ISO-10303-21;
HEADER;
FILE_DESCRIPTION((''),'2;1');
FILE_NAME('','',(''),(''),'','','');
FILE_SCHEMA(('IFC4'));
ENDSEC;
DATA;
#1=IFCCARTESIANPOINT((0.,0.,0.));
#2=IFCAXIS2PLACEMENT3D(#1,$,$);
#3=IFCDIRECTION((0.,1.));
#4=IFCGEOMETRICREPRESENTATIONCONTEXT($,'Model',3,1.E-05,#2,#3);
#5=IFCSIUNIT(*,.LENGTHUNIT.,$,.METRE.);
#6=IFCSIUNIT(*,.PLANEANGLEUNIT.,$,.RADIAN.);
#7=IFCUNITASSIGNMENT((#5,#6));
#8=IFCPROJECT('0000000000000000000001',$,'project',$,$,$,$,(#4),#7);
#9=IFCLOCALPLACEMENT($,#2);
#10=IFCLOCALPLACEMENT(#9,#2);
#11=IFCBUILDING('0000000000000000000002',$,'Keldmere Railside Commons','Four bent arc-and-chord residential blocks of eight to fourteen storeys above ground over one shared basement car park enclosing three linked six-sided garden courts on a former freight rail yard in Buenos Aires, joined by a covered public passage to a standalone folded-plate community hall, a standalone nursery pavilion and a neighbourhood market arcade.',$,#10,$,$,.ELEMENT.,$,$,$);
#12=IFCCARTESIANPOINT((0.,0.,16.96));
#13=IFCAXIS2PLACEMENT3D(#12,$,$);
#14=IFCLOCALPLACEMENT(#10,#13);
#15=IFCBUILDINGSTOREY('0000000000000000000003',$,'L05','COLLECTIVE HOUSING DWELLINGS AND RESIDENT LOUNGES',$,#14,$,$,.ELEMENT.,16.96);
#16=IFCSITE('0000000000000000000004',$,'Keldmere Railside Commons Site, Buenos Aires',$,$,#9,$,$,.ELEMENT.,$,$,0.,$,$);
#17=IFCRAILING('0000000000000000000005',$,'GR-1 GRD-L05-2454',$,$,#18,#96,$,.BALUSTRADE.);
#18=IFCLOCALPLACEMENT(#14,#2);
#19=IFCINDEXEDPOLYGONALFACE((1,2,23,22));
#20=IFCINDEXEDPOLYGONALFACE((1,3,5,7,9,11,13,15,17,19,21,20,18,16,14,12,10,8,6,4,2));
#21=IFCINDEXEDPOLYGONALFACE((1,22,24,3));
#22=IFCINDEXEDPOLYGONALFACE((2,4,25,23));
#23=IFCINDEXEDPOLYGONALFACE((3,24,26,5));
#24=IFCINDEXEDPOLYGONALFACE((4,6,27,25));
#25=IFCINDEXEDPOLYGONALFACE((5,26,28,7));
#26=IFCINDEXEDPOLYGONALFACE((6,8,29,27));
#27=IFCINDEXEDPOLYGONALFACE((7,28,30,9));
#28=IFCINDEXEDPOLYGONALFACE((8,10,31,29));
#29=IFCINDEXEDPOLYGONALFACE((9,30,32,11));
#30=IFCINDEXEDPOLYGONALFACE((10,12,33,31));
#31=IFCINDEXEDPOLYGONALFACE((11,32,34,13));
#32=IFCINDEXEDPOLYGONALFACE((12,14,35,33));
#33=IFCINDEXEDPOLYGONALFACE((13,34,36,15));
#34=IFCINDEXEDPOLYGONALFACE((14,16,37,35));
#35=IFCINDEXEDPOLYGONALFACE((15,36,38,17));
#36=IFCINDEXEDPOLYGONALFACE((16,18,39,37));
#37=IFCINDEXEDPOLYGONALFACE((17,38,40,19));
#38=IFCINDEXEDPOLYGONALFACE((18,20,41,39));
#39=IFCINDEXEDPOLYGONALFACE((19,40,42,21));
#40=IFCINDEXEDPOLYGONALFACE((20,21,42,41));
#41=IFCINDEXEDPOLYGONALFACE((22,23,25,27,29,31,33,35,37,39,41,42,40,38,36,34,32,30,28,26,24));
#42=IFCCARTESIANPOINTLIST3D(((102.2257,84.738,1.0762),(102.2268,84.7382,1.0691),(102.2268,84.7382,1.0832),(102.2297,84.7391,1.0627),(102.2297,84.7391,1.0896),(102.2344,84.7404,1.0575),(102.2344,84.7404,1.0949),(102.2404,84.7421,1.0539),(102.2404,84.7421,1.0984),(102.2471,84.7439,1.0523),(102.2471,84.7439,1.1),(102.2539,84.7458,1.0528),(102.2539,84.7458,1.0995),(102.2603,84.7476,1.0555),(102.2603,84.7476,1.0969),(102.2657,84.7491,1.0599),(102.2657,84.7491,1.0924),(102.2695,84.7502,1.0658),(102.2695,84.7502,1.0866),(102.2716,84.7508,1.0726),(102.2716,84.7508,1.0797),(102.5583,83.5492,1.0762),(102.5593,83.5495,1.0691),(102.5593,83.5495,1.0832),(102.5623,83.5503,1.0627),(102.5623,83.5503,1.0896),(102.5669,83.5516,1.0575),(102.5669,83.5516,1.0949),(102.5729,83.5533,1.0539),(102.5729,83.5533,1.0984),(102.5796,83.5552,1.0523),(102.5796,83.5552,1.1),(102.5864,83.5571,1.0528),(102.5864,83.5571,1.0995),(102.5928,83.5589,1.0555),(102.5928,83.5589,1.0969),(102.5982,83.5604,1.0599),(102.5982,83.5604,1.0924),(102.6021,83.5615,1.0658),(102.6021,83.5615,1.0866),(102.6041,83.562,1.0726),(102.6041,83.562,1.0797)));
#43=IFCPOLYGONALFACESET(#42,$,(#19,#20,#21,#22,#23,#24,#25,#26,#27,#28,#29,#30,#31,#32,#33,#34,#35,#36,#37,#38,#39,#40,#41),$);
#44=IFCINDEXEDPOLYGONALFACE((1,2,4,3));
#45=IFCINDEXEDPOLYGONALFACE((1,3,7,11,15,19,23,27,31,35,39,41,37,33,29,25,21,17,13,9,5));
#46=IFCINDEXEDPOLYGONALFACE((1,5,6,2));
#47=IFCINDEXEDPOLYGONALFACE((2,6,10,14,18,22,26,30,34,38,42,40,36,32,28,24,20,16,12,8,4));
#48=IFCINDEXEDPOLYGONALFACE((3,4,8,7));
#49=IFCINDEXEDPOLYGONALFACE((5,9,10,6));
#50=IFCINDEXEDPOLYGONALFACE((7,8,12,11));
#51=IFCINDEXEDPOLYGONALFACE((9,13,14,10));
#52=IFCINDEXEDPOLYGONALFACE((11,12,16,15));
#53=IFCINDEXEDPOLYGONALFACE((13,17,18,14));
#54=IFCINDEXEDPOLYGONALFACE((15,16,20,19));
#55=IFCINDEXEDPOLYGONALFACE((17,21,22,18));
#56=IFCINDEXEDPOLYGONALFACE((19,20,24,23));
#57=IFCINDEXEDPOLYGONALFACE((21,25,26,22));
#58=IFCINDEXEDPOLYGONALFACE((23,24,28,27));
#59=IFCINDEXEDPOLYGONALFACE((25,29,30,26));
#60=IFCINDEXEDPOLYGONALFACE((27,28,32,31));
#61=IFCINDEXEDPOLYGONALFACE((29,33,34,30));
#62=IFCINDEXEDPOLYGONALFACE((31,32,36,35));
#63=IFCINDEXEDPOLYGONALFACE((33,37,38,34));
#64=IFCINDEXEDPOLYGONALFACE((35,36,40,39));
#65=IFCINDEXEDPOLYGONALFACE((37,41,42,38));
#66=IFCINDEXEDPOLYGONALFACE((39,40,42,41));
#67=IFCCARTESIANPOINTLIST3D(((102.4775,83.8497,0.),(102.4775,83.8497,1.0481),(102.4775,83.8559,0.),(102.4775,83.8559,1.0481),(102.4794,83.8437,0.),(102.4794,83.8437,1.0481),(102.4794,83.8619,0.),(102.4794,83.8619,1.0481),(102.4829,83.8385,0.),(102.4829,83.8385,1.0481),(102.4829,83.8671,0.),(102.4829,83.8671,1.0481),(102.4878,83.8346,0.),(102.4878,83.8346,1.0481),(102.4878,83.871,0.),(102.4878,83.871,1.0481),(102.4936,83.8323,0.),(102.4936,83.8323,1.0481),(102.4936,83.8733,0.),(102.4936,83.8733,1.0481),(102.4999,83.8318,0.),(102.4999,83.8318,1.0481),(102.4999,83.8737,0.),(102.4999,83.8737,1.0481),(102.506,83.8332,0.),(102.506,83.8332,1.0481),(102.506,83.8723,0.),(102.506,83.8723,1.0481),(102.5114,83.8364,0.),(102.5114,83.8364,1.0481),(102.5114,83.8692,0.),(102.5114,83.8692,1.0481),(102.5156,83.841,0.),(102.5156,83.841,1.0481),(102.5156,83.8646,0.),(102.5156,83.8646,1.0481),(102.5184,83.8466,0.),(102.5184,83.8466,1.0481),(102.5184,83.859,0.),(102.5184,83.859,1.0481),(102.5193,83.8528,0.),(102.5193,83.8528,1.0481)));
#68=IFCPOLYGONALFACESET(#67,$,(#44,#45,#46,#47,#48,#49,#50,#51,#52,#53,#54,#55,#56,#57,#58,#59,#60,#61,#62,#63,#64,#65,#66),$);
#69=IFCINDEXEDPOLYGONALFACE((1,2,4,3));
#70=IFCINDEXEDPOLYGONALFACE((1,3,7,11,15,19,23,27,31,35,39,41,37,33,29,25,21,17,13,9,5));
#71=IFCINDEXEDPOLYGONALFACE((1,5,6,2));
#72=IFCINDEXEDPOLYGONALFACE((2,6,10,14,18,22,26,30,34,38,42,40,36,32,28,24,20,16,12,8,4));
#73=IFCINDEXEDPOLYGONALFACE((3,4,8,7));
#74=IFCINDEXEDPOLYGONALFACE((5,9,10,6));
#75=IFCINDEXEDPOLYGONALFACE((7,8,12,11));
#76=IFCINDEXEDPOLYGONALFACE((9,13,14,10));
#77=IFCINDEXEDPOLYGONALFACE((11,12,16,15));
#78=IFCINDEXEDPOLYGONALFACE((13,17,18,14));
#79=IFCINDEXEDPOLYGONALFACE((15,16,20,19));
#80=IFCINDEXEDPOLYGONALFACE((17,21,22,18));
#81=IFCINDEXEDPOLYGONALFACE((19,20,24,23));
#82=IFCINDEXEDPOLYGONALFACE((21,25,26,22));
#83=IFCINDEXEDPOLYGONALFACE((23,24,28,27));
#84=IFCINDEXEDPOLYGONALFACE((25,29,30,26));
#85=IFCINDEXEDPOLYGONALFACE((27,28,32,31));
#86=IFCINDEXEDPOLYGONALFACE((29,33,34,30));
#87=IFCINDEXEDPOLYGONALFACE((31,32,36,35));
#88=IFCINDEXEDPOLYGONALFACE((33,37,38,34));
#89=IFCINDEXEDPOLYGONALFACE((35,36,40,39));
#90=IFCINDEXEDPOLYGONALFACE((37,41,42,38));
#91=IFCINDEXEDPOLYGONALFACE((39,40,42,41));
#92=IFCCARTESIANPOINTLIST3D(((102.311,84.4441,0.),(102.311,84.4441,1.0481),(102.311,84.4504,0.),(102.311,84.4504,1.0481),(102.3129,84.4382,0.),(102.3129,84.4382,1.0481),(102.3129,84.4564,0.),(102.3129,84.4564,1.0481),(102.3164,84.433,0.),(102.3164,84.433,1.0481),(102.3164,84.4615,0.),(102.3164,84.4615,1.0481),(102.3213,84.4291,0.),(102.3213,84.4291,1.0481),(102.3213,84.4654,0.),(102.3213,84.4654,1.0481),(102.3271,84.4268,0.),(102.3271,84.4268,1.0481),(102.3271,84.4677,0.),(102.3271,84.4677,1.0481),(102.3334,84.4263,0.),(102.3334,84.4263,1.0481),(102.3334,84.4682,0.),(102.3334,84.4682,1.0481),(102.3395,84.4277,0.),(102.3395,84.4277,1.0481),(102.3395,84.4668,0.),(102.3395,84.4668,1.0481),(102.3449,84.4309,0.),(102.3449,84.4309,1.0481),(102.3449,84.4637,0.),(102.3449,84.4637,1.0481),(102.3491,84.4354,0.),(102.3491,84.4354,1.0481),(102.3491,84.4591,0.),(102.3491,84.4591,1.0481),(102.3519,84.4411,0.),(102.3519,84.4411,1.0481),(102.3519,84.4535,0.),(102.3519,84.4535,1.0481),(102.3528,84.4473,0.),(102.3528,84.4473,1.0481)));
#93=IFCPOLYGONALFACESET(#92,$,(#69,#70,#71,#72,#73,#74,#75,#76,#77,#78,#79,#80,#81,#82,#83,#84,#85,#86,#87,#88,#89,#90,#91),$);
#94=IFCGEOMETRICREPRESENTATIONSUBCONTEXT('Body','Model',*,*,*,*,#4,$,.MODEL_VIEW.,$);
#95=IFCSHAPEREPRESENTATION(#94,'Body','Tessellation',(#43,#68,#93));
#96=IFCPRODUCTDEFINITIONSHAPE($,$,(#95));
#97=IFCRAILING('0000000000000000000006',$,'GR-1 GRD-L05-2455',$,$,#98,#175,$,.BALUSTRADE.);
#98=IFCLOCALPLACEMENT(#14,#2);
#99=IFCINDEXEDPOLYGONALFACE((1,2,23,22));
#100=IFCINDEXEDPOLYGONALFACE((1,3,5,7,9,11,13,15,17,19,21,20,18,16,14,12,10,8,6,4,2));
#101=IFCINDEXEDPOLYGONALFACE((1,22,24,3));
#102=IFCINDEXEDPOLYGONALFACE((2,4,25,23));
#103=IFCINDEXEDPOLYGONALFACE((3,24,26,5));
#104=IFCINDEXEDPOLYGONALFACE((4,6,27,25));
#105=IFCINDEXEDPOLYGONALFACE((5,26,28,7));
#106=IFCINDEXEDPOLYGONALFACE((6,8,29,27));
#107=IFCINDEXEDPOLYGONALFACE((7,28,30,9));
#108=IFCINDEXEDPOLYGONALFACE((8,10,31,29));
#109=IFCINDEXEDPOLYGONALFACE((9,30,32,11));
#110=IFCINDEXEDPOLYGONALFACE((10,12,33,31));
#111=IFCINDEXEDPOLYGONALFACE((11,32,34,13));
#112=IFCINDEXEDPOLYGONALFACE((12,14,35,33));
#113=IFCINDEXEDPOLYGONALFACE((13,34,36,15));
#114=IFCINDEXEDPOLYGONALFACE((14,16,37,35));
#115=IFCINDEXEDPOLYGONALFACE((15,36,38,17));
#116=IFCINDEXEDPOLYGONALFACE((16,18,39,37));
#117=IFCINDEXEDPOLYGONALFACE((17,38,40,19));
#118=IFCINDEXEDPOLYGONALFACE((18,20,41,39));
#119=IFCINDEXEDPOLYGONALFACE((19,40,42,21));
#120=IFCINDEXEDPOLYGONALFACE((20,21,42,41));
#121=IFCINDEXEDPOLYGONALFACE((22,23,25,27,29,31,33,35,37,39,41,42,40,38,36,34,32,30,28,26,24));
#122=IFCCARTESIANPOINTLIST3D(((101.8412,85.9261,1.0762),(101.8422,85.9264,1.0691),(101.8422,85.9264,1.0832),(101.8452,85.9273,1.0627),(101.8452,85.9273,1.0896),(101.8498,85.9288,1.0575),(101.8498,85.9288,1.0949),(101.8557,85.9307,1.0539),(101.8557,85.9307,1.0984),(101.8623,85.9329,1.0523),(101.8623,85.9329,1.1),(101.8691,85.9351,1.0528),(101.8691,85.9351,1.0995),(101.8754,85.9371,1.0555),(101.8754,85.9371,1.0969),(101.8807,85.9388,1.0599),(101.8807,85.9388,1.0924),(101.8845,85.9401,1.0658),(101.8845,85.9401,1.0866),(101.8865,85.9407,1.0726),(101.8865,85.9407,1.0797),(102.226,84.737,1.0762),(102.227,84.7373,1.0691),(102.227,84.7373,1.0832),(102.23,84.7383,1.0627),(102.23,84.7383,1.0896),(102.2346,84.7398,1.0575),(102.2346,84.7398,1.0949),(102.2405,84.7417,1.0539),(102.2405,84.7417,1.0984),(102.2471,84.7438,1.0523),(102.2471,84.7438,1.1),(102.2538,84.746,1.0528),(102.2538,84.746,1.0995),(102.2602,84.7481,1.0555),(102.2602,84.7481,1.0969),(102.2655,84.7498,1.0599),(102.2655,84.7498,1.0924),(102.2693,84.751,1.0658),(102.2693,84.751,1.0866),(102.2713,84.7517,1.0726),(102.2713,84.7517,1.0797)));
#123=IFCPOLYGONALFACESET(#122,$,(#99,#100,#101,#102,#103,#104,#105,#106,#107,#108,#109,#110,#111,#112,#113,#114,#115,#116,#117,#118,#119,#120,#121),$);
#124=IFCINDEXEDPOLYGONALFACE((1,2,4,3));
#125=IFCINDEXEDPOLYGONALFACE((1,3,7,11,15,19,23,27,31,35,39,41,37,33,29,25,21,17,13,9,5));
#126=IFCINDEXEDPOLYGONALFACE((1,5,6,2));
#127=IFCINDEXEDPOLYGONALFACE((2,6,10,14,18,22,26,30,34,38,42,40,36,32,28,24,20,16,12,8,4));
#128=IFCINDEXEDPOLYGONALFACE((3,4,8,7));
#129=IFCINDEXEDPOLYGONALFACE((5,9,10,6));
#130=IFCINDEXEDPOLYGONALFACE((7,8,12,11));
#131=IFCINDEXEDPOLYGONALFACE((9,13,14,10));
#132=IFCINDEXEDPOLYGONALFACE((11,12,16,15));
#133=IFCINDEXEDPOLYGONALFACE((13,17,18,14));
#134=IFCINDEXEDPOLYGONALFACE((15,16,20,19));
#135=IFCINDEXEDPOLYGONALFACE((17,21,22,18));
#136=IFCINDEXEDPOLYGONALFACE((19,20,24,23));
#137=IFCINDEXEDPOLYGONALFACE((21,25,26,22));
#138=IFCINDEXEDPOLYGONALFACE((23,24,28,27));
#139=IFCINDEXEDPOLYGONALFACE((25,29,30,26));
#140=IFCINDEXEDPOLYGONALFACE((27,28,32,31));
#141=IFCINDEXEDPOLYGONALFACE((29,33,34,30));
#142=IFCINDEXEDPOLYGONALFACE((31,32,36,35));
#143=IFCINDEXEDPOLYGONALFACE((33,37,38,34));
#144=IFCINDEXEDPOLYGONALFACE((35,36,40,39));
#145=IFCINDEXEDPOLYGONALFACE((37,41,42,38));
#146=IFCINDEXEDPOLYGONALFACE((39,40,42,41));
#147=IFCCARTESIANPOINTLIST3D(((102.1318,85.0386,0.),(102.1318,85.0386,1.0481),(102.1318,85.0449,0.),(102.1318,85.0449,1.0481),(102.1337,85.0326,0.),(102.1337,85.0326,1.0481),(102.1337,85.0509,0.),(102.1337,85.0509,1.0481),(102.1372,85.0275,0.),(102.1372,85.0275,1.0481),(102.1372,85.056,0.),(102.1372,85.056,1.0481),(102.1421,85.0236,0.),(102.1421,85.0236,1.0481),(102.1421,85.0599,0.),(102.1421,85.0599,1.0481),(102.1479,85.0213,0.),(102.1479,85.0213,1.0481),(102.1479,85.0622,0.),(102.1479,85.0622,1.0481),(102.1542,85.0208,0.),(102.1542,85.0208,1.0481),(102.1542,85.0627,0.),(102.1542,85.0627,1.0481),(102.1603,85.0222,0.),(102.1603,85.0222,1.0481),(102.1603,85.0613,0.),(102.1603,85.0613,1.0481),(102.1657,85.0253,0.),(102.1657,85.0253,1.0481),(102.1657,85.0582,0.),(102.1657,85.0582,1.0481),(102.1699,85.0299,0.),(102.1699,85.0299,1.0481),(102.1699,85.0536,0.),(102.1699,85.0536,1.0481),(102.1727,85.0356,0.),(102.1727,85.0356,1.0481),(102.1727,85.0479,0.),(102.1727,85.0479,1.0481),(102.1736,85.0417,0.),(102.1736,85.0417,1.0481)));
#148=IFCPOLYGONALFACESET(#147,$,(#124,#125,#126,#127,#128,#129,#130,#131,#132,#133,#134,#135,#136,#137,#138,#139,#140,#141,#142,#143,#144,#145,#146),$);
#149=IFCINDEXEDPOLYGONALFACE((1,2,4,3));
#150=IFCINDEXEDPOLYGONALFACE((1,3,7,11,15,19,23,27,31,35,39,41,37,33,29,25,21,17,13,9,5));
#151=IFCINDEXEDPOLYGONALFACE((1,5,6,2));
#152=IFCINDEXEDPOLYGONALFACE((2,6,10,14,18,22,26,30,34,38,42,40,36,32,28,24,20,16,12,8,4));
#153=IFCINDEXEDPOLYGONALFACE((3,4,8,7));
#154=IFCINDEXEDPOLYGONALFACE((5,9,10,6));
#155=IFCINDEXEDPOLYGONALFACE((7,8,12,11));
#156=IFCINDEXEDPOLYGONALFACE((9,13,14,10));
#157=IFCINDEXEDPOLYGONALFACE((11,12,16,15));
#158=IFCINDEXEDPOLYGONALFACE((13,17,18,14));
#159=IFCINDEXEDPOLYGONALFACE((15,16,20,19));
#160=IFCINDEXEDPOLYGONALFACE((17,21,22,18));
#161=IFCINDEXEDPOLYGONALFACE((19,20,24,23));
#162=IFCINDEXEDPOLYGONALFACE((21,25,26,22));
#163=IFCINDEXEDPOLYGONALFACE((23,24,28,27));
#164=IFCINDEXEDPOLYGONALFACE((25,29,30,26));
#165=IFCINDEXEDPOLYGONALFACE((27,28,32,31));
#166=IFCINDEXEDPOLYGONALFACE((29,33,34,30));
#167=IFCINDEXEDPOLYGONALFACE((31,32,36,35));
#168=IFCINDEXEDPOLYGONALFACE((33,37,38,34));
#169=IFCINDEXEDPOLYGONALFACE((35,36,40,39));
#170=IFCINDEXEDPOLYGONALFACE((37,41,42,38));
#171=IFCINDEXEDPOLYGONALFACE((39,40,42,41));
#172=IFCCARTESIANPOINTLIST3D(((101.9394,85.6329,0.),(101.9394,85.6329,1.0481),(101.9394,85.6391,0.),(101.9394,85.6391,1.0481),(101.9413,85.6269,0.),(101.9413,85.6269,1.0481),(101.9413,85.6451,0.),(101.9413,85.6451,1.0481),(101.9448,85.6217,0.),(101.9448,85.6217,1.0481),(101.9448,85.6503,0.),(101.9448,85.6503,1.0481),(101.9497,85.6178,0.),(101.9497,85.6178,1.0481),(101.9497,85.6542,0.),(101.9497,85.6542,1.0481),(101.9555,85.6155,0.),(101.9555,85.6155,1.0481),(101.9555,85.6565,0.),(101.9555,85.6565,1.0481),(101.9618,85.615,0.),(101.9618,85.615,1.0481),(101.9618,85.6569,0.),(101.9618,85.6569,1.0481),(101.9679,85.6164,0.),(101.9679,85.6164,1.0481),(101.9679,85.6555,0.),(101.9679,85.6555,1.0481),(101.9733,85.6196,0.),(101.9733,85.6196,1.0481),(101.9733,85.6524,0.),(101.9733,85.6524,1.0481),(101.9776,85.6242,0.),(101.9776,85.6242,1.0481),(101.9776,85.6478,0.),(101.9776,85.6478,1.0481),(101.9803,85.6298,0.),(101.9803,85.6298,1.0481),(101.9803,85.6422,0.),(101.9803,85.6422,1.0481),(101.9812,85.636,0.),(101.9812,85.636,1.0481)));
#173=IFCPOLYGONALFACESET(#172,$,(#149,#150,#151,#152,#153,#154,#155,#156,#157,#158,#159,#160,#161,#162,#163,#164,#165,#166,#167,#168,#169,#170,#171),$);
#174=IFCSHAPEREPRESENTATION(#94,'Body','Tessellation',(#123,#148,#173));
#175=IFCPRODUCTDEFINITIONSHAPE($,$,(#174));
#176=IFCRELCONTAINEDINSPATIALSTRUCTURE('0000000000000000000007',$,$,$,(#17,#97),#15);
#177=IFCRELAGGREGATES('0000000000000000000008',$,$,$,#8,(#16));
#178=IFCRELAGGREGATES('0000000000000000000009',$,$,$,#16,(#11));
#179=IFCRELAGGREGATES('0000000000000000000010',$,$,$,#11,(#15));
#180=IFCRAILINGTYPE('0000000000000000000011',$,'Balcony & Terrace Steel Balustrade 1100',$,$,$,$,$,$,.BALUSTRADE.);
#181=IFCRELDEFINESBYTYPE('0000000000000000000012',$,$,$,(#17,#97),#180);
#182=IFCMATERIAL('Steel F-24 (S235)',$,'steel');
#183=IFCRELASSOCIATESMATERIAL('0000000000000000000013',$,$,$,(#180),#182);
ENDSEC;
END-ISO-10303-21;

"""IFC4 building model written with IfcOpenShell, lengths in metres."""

from ifc_helpers import new_model, si_unit, direction, frame, origin, origin_2d, place, context, subcontext, project, spatial, circle, extrude, material, type_object, element, save


model = new_model("IFC4")

# Units and contexts
model_context = context("Model", 3, precision=1e-05, world=origin(), true_north=direction((0.0, 1.0)))
body_context = subcontext(model_context, "Body", "Model", "MODEL_VIEW")
ifc_project = project(units=[si_unit("LENGTHUNIT", "METRE"), si_unit("PLANEANGLEUNIT", "RADIAN")], contexts=[model_context])

# Site, building, storey
site_placement = place(None, origin())
site = spatial("IfcSite", under=ifc_project, at=site_placement, Name="Keldmere Railside Commons Site, Buenos Aires", CompositionType="ELEMENT", RefElevation=0.0)
building_placement = place(site_placement, origin())
building = spatial("IfcBuilding", under=site, at=building_placement, Name="Keldmere Railside Commons", Description="Four bent arc-and-chord residential blocks of eight to fourteen storeys above ground over one shared basement car park enclosing three linked six-sided garden courts on a former freight rail yard in Buenos Aires, joined by a covered public passage to a standalone folded-plate community hall, a standalone nursery pavilion and a neighbourhood market arcade.", CompositionType="ELEMENT")
storey_placement = place(building_placement, frame((0.0, 0.0, 16.96)))
storey = spatial("IfcBuildingStorey", under=building, at=storey_placement, Name="L05", Description="COLLECTIVE HOUSING DWELLINGS AND RESIDENT LOUNGES", CompositionType="ELEMENT", Elevation=16.96)

# Shared definitions
ifc_material_1 = material(Name="Steel F-24 (S235)", Category="steel")

# Railings
railing_type = type_object("IfcRailingType", Name="Balcony & Terrace Steel Balustrade 1100", PredefinedType="BALUSTRADE", material=ifc_material_1)
railing_1_placement = place(storey_placement, frame((102.5813, 83.5557, 0.0)))
element("IfcRailing", 1, at=railing_1_placement, inside=storey, type_object=railing_type, Name="GR-1 GRD-L05-2454", PredefinedType="BALUSTRADE", context=body_context, shape_type="SweptSolid", body=[
    extrude(circle(Radius=0.0239, at=origin_2d()), frame((0.0, 0.0, 1.0762), z_axis=(-0.269388, 0.963032, 0.0), x_axis=(-0.963032, -0.269388, 0.0)), (0.0, 0.0, 1.0), 1.2344),
    extrude(circle(Radius=0.021, at=origin_2d()), frame((-0.083, 0.2971, 0.0)), (0.0, 0.0, 1.0), 1.0481),
    extrude(circle(Radius=0.021, at=origin_2d()), frame((-0.2495, 0.8916, 0.0)), (0.0, 0.0, 1.0), 1.0481),
])
railing_2_placement = place(storey_placement, frame((102.2488, 84.7444, 0.0)))
element("IfcRailing", 2, at=railing_2_placement, inside=storey, type_object=railing_type, Name="GR-1 GRD-L05-2455", PredefinedType="BALUSTRADE", context=body_context, shape_type="SweptSolid", body=[
    extrude(circle(Radius=0.0239, at=origin_2d()), frame((0.0, 0.0, 1.0762), z_axis=(-0.307893, 0.951421, 0.0), x_axis=(-0.951421, -0.307893, 0.0)), (0.0, 0.0, 1.0), 1.2498),
    extrude(circle(Radius=0.021, at=origin_2d()), frame((-0.0962, 0.2974, 0.0)), (0.0, 0.0, 1.0), 1.0481),
    extrude(circle(Radius=0.021, at=origin_2d()), frame((-0.2886, 0.8916, 0.0)), (0.0, 0.0, 1.0), 1.0481),
])

save(model, "model.ifc")
